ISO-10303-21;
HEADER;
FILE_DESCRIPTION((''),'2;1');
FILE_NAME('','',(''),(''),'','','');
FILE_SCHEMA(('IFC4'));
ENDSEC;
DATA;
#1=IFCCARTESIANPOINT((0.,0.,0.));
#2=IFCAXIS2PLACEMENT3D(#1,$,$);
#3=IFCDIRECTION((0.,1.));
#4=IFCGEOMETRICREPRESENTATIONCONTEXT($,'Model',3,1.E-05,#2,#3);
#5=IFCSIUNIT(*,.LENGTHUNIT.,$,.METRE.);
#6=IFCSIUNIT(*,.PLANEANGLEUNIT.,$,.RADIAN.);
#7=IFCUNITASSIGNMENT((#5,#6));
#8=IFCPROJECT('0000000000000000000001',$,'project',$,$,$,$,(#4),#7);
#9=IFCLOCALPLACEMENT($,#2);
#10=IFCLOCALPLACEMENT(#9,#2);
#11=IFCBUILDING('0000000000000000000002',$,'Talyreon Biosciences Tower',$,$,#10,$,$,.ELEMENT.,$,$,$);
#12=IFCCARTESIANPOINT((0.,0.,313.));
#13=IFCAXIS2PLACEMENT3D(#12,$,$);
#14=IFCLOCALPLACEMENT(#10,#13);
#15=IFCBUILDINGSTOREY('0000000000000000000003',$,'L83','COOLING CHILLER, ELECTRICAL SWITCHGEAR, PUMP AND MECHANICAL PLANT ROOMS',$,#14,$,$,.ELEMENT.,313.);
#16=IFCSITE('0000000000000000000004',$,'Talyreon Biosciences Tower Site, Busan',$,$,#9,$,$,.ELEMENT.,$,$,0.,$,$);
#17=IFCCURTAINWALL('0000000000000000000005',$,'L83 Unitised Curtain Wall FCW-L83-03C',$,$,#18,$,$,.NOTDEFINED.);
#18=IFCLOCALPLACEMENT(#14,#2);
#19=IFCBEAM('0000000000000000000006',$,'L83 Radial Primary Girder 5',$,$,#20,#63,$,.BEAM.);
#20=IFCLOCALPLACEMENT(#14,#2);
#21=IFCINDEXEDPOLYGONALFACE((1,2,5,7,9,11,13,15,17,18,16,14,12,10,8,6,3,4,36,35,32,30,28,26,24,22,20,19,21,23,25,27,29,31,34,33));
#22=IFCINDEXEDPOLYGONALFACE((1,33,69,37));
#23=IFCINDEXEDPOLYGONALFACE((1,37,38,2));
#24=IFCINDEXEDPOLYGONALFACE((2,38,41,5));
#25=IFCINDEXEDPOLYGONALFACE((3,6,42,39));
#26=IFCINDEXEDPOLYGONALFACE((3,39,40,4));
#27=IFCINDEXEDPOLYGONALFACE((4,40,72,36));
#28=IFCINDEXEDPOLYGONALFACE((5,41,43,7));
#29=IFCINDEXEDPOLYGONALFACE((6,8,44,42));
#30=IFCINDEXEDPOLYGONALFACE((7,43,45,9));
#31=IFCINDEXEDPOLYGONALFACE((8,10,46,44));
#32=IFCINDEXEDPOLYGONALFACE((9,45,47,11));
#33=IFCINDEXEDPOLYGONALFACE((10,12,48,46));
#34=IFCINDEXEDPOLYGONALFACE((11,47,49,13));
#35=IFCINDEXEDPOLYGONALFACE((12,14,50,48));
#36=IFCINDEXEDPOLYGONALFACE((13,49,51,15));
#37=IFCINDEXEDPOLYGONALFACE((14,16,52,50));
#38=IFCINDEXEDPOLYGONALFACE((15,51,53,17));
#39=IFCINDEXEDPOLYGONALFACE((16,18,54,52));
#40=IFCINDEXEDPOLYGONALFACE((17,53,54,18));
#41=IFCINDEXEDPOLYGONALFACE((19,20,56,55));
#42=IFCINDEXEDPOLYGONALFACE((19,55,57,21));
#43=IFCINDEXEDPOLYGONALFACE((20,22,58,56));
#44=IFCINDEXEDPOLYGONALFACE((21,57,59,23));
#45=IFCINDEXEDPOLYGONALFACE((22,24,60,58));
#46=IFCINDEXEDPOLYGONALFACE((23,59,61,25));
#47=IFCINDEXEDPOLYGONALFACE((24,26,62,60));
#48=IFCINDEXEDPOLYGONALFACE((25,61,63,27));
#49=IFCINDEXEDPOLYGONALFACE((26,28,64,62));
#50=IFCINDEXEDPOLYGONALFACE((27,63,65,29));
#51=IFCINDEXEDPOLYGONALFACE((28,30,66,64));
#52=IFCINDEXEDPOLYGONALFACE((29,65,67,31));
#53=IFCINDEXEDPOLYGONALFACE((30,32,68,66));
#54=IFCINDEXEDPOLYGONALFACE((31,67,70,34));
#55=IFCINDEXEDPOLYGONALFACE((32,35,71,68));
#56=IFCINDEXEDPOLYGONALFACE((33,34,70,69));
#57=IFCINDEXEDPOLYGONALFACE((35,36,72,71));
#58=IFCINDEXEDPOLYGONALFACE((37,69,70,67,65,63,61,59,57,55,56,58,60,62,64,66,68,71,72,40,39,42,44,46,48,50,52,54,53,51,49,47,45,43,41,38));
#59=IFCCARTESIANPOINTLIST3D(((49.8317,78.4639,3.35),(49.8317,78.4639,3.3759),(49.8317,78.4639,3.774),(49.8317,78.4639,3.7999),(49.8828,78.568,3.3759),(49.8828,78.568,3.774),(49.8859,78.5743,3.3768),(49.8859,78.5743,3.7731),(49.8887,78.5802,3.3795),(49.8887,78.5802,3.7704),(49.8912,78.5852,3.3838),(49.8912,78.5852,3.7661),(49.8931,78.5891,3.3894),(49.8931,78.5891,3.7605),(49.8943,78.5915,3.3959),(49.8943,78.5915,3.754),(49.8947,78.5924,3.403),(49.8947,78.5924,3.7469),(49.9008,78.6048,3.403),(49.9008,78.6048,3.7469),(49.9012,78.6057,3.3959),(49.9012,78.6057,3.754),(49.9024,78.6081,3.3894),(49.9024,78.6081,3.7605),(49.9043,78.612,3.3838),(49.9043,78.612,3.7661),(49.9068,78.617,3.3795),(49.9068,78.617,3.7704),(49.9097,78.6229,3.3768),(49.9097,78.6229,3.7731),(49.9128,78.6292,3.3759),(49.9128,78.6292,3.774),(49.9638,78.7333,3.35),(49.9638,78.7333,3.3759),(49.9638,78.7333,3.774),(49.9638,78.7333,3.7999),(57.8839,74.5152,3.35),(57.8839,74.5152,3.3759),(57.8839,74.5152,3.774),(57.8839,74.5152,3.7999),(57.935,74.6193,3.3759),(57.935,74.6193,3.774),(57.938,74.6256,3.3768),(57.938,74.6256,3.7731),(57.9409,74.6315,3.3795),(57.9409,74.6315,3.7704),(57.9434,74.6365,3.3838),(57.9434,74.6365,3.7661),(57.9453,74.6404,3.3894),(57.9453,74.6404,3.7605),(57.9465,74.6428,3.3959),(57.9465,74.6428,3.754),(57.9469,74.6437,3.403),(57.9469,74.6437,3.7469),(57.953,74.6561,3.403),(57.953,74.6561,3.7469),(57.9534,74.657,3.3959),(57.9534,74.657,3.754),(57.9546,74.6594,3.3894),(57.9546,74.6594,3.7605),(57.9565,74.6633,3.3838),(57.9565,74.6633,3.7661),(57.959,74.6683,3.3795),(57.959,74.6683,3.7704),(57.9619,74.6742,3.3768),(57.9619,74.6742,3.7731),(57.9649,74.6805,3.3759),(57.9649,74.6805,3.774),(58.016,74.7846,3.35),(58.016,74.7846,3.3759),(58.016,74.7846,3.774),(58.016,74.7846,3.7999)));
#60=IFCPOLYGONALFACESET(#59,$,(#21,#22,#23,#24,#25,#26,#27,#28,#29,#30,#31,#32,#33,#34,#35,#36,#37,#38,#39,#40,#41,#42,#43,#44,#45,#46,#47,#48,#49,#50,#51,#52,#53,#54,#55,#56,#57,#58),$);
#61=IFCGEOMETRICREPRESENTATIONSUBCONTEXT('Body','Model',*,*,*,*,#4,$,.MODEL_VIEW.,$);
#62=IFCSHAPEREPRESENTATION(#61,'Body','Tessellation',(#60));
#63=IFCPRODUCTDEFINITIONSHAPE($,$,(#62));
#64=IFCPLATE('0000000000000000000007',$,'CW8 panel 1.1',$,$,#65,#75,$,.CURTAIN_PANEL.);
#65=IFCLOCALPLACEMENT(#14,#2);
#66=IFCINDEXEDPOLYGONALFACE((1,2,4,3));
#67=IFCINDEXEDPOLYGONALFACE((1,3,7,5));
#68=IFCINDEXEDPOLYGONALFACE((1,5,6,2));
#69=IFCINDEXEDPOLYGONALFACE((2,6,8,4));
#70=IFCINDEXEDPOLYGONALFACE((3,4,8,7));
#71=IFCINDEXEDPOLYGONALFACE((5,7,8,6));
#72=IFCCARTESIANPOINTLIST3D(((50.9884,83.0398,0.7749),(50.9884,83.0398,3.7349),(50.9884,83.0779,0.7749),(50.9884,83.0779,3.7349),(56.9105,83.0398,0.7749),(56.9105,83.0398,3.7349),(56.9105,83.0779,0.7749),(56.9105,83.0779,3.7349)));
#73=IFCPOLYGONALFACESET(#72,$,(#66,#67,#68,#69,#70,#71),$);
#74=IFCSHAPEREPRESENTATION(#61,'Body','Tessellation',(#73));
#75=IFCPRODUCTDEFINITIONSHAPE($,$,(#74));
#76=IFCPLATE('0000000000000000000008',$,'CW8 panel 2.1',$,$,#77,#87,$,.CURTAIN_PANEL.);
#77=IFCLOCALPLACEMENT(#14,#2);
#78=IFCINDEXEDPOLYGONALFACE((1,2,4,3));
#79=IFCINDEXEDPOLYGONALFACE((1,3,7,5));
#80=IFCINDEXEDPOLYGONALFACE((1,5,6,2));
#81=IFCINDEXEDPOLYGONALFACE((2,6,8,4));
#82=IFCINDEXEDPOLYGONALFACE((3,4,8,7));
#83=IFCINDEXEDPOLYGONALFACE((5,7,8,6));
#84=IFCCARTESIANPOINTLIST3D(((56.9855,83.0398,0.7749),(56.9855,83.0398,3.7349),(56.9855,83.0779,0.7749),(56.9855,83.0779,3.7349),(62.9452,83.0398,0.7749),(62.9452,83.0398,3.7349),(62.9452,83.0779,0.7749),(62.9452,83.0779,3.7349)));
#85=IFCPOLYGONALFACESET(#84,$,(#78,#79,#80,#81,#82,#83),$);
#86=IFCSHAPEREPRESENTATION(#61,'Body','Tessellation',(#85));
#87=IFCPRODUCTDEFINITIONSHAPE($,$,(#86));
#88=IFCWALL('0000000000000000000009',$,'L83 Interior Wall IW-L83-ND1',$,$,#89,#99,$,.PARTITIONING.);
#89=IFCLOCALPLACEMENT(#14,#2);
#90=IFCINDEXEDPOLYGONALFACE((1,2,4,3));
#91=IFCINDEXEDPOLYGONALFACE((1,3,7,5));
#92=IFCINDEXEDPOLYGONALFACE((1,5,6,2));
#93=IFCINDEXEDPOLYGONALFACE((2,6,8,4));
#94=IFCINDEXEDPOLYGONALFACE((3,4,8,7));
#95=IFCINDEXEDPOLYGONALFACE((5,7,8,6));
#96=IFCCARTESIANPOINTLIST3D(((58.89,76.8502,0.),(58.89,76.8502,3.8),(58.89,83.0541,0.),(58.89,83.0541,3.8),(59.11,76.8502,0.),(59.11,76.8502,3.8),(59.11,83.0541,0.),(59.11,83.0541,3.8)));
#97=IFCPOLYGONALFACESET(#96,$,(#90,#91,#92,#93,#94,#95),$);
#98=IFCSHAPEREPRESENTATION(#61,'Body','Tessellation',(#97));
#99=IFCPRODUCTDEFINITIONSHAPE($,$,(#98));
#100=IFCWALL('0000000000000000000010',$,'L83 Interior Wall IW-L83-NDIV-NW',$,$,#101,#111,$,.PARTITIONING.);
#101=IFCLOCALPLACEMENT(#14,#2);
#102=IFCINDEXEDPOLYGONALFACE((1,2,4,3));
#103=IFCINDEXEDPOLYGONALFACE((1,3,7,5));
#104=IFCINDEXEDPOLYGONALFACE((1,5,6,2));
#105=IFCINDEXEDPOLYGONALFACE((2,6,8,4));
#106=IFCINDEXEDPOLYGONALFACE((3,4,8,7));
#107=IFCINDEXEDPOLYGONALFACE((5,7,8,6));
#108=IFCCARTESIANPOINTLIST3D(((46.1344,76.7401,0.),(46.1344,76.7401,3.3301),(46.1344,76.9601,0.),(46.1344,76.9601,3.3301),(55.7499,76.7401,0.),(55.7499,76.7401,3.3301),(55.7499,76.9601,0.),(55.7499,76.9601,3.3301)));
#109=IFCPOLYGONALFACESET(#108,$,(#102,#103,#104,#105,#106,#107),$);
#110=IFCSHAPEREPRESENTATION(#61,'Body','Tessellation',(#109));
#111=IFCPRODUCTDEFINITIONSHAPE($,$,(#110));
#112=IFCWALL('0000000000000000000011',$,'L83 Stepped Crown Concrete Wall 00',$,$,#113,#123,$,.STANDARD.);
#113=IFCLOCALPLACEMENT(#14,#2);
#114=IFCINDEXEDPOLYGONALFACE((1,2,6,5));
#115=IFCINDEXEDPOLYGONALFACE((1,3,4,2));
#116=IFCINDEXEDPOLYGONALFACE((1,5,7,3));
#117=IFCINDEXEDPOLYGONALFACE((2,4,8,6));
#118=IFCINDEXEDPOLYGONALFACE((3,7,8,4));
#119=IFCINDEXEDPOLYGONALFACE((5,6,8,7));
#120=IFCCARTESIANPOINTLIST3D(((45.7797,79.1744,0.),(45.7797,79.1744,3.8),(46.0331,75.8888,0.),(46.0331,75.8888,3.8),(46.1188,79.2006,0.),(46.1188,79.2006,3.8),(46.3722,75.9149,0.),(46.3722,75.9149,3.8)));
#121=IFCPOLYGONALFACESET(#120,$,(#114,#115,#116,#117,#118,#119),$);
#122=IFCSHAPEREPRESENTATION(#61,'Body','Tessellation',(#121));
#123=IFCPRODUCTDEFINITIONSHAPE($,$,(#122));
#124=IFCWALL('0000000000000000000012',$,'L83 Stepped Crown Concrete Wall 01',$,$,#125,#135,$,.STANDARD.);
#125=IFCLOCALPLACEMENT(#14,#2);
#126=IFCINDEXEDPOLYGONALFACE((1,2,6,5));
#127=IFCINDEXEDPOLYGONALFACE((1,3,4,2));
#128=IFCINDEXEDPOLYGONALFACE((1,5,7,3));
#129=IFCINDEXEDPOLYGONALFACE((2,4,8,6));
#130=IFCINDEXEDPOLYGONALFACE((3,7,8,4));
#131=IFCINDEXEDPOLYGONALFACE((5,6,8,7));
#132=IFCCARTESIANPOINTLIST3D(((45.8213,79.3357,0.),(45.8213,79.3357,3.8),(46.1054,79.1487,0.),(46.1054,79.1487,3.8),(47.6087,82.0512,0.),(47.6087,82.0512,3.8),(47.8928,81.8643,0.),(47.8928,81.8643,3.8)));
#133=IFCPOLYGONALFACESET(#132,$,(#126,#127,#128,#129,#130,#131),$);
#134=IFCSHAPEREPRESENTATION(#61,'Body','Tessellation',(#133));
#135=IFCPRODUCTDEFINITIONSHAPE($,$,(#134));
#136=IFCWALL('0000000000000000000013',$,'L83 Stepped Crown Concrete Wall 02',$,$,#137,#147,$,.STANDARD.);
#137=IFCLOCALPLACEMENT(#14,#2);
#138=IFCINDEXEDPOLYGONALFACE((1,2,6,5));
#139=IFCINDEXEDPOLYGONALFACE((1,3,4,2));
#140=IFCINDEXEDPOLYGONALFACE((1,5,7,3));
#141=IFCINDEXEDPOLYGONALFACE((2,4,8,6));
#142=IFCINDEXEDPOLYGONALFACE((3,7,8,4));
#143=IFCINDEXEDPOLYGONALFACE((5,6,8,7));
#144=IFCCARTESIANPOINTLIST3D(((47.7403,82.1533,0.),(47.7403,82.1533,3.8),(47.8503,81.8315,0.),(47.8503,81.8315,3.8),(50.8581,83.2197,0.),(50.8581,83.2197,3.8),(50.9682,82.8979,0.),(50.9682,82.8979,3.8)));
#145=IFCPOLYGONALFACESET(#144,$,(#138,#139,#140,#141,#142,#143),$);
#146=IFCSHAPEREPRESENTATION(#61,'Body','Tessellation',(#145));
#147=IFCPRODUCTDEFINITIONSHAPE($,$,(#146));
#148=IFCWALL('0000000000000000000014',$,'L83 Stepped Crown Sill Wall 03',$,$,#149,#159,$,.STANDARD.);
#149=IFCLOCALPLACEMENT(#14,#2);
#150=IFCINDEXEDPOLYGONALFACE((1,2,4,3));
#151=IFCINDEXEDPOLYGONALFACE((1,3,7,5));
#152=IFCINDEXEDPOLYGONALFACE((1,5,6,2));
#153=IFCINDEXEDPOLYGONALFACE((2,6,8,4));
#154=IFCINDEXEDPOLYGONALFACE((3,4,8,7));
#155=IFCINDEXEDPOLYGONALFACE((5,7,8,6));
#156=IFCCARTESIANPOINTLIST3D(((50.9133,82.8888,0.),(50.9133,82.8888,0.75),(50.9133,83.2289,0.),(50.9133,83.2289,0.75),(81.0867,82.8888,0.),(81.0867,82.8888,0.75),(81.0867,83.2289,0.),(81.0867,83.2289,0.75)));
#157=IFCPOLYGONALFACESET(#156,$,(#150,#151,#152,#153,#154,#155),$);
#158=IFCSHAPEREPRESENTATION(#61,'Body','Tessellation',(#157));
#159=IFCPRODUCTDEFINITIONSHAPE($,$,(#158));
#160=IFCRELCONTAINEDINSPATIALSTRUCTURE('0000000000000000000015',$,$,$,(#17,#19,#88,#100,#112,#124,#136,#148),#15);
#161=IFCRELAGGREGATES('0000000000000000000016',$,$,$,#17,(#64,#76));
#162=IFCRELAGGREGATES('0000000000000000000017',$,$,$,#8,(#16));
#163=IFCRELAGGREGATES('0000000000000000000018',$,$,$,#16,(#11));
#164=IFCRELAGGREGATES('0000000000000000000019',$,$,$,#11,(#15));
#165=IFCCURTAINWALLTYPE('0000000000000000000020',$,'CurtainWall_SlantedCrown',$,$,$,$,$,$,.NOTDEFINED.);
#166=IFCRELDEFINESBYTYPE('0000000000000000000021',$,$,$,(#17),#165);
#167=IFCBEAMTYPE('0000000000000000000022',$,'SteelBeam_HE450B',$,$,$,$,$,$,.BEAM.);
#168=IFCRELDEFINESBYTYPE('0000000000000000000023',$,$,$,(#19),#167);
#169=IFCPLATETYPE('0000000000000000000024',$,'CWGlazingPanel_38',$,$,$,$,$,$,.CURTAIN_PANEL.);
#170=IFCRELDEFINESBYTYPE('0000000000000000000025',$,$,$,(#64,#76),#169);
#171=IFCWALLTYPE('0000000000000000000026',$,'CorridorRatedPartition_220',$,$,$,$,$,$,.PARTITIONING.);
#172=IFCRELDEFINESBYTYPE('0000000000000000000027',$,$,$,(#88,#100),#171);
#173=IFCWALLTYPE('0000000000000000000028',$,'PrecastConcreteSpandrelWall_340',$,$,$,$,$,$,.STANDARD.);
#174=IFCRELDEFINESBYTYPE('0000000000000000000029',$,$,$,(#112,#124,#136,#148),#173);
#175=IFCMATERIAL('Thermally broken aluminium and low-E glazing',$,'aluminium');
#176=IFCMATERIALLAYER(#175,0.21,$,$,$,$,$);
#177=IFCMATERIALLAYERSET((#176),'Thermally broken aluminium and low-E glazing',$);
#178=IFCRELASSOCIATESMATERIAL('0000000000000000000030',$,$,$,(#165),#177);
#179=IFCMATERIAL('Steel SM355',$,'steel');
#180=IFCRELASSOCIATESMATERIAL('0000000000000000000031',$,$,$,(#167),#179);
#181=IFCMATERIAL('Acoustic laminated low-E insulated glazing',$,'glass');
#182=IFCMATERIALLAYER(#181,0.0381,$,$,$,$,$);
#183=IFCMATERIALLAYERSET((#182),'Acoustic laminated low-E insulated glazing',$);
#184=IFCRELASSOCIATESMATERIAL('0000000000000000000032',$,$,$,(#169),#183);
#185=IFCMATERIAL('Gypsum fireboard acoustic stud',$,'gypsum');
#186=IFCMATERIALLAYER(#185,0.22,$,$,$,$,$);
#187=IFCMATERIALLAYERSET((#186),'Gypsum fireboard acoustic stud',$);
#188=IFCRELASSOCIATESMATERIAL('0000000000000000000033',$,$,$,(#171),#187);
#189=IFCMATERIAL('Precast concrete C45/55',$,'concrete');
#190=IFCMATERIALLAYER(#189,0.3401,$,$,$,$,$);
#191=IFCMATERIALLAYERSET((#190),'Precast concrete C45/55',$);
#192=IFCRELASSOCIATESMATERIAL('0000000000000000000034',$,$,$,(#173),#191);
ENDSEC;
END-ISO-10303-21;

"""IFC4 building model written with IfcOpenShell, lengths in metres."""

from ifc_helpers import new_model, si_unit, direction, frame, frame_2d, origin, origin_2d, place, context, subcontext, project, spatial, rectangle, i_section, extrude, material, layer, layer_set, material_profile, profile_set, type_object, element, aggregate, save


model = new_model("IFC4")

# Units and contexts
model_context = context("Model", 3, precision=1e-05, world=origin(), true_north=direction((0.0, 1.0)))
body_context = subcontext(model_context, "Body", "Model", "MODEL_VIEW")
ifc_project = project(units=[si_unit("LENGTHUNIT", "METRE"), si_unit("PLANEANGLEUNIT", "RADIAN")], contexts=[model_context])

# Site, building, storey
site_placement = place(None, origin())
site = spatial("IfcSite", under=ifc_project, at=site_placement, Name="Talyreon Biosciences Tower Site, Busan", CompositionType="ELEMENT", RefElevation=0.0)
building_placement = place(site_placement, origin())
building = spatial("IfcBuilding", under=site, at=building_placement, Name="Talyreon Biosciences Tower", CompositionType="ELEMENT")
storey_placement = place(building_placement, frame((0.0, 0.0, 313.0)))
storey = spatial("IfcBuildingStorey", under=building, at=storey_placement, Name="L83", Description="COOLING CHILLER, ELECTRICAL SWITCHGEAR, PUMP AND MECHANICAL PLANT ROOMS", CompositionType="ELEMENT", Elevation=313.0)

# Curtain wall
ifc_material_1 = material(Name="Thermally broken aluminium and low-E glazing", Category="aluminium")
ifc_layer_1 = layer(ifc_material_1, 0.21)
ifc_layer_set_1 = layer_set([ifc_layer_1], Name="Thermally broken aluminium and low-E glazing")
curtain_wall_type = type_object("IfcCurtainWallType", Name="CurtainWall_SlantedCrown", PredefinedType="NOTDEFINED", material=ifc_layer_set_1)
curtain_wall_1_placement = place(storey_placement, origin())
curtain_wall_1 = element("IfcCurtainWall", 1, at=curtain_wall_1_placement, inside=storey, type_object=curtain_wall_type, Name="L83 Unitised Curtain Wall FCW-L83-03C", PredefinedType="NOTDEFINED")

# Beam
ifc_material_2 = material(Name="Steel SM355", Category="steel")
ifc_material_profile_1 = material_profile(ifc_material_2, i_section(OverallWidth=0.3, OverallDepth=0.45, WebThickness=0.0139, FlangeThickness=0.0259, FilletRadius=0.0271, at=origin_2d()), Name="HE450B")
ifc_profile_set_1 = profile_set([ifc_material_profile_1], Name="Steel SM355")
beam_type = type_object("IfcBeamType", Name="SteelBeam_HE450B", PredefinedType="BEAM", material=ifc_profile_set_1)
beam_placement = place(storey_placement, frame((57.95, 74.6499, 3.575), z_axis=(-0.897852, 0.440297, 0.0), x_axis=(-0.440297, -0.897852, 0.0)))
element("IfcBeam", 2, at=beam_placement, inside=storey, type_object=beam_type, Name="L83 Radial Primary Girder 5", PredefinedType="BEAM", context=body_context, shape_type="SweptSolid", body=[
    extrude(i_section(OverallWidth=0.3, OverallDepth=0.45, WebThickness=0.0139, FlangeThickness=0.0259, FilletRadius=0.0271, at=origin_2d()), origin(), (0.0, 0.0, 1.0), 8.9683),
])

# Plates
ifc_material_3 = material(Name="Acoustic laminated low-E insulated glazing", Category="glass")
ifc_layer_2 = layer(ifc_material_3, 0.0381)
ifc_layer_set_2 = layer_set([ifc_layer_2], Name="Acoustic laminated low-E insulated glazing")
plate_type = type_object("IfcPlateType", Name="CWGlazingPanel_38", PredefinedType="CURTAIN_PANEL", material=ifc_layer_set_2)
plate_1_placement = place(storey_placement, frame((53.9495, 83.0588, 0.7749), z_axis=(0.0, 0.0, 1.0), x_axis=(1.0, 0.0, 0.0)))
plate_1 = element("IfcPlate", 3, at=plate_1_placement, type_object=plate_type, Name="CW8 panel 1.1", PredefinedType="CURTAIN_PANEL", context=body_context, shape_type="SweptSolid", body=[
    extrude(rectangle(XDim=5.9221, YDim=0.0381, at=origin_2d()), origin(), (0.0, 0.0, 1.0), 2.96),
])
plate_2_placement = place(storey_placement, frame((59.9653, 83.0588, 0.7749), z_axis=(0.0, 0.0, 1.0), x_axis=(1.0, 0.0, 0.0)))
plate_2 = element("IfcPlate", 4, at=plate_2_placement, type_object=plate_type, Name="CW8 panel 2.1", PredefinedType="CURTAIN_PANEL", context=body_context, shape_type="SweptSolid", body=[
    extrude(rectangle(XDim=5.9597, YDim=0.0381, at=origin_2d()), origin(), (0.0, 0.0, 1.0), 2.96),
])
aggregate(curtain_wall_1, [plate_1, plate_2])

# Walls
ifc_material_4 = material(Name="Gypsum fireboard acoustic stud", Category="gypsum")
ifc_layer_3 = layer(ifc_material_4, 0.22)
ifc_layer_set_3 = layer_set([ifc_layer_3], Name="Gypsum fireboard acoustic stud")
wall_type_1 = type_object("IfcWallType", Name="CorridorRatedPartition_220", PredefinedType="PARTITIONING", material=ifc_layer_set_3)
wall_1_placement = place(storey_placement, frame((59.0, 76.8501, 0.0), z_axis=(0.0, 0.0, 1.0), x_axis=(0.0, 1.0, 0.0)))
element("IfcWall", 5, at=wall_1_placement, inside=storey, type_object=wall_type_1, Name="L83 Interior Wall IW-L83-ND1", PredefinedType="PARTITIONING", context=body_context, shape_type="SweptSolid", body=[
    extrude(rectangle(XDim=6.2039, YDim=0.22, at=frame_2d((3.1021, 0.0))), origin(), (0.0, 0.0, 1.0), 3.8),
])
wall_2_placement = place(storey_placement, frame((46.1345, 76.8501, 0.0), z_axis=(0.0, 0.0, 1.0), x_axis=(1.0, 0.0, 0.0)))
element("IfcWall", 6, at=wall_2_placement, inside=storey, type_object=wall_type_1, Name="L83 Interior Wall IW-L83-NDIV-NW", PredefinedType="PARTITIONING", context=body_context, shape_type="SweptSolid", body=[
    extrude(rectangle(XDim=9.6155, YDim=0.22, at=frame_2d((4.8076, 0.0))), origin(), (0.0, 0.0, 1.0), 3.3301),
])

# Walls
ifc_material_5 = material(Name="Precast concrete C45/55", Category="concrete")
ifc_layer_4 = layer(ifc_material_5, 0.3401)
ifc_layer_set_4 = layer_set([ifc_layer_4], Name="Precast concrete C45/55")
wall_type_2 = type_object("IfcWallType", Name="PrecastConcreteSpandrelWall_340", PredefinedType="STANDARD", material=ifc_layer_set_4)
wall_3_placement = place(storey_placement, frame((46.2026, 75.9019, 0.0), z_axis=(0.0, 0.0, 1.0), x_axis=(-0.0769, 0.997039, 0.0)))
element("IfcWall", 7, at=wall_3_placement, inside=storey, type_object=wall_type_2, Name="L83 Stepped Crown Concrete Wall 00", PredefinedType="STANDARD", context=body_context, shape_type="SweptSolid", body=[
    extrude(rectangle(XDim=3.2954, YDim=0.3401, at=frame_2d((1.6477, 0.0))), origin(), (0.0, 0.0, 1.0), 3.8),
])
wall_4_placement = place(storey_placement, frame((45.9634, 79.2422, 0.0), z_axis=(0.0, 0.0, 1.0), x_axis=(0.549786, 0.835305, 0.0)))
element("IfcWall", 8, at=wall_4_placement, inside=storey, type_object=wall_type_2, Name="L83 Stepped Crown Concrete Wall 01", PredefinedType="STANDARD", context=body_context, shape_type="SweptSolid", body=[
    extrude(rectangle(XDim=3.251, YDim=0.3401, at=frame_2d((1.6255, 0.0))), origin(), (0.0, 0.0, 1.0), 3.8),
])
wall_5_placement = place(storey_placement, frame((47.7954, 81.9924, 0.0), z_axis=(0.0, 0.0, 1.0), x_axis=(0.946187, 0.32362, 0.0)))
element("IfcWall", 9, at=wall_5_placement, inside=storey, type_object=wall_type_2, Name="L83 Stepped Crown Concrete Wall 02", PredefinedType="STANDARD", context=body_context, shape_type="SweptSolid", body=[
    extrude(rectangle(XDim=3.2952, YDim=0.3401, at=frame_2d((1.6475, 0.0))), origin(), (0.0, 0.0, 1.0), 3.8),
])
wall_6_placement = place(storey_placement, frame((50.9133, 83.0588, 0.0), z_axis=(0.0, 0.0, 1.0), x_axis=(1.0, 0.0, 0.0)))
element("IfcWall", 10, at=wall_6_placement, inside=storey, type_object=wall_type_2, Name="L83 Stepped Crown Sill Wall 03", PredefinedType="STANDARD", context=body_context, shape_type="SweptSolid", body=[
    extrude(rectangle(XDim=30.1733, YDim=0.3401, at=frame_2d((15.0867, 0.0))), origin(), (0.0, 0.0, 1.0), 0.75),
])

save(model, "model.ifc")
